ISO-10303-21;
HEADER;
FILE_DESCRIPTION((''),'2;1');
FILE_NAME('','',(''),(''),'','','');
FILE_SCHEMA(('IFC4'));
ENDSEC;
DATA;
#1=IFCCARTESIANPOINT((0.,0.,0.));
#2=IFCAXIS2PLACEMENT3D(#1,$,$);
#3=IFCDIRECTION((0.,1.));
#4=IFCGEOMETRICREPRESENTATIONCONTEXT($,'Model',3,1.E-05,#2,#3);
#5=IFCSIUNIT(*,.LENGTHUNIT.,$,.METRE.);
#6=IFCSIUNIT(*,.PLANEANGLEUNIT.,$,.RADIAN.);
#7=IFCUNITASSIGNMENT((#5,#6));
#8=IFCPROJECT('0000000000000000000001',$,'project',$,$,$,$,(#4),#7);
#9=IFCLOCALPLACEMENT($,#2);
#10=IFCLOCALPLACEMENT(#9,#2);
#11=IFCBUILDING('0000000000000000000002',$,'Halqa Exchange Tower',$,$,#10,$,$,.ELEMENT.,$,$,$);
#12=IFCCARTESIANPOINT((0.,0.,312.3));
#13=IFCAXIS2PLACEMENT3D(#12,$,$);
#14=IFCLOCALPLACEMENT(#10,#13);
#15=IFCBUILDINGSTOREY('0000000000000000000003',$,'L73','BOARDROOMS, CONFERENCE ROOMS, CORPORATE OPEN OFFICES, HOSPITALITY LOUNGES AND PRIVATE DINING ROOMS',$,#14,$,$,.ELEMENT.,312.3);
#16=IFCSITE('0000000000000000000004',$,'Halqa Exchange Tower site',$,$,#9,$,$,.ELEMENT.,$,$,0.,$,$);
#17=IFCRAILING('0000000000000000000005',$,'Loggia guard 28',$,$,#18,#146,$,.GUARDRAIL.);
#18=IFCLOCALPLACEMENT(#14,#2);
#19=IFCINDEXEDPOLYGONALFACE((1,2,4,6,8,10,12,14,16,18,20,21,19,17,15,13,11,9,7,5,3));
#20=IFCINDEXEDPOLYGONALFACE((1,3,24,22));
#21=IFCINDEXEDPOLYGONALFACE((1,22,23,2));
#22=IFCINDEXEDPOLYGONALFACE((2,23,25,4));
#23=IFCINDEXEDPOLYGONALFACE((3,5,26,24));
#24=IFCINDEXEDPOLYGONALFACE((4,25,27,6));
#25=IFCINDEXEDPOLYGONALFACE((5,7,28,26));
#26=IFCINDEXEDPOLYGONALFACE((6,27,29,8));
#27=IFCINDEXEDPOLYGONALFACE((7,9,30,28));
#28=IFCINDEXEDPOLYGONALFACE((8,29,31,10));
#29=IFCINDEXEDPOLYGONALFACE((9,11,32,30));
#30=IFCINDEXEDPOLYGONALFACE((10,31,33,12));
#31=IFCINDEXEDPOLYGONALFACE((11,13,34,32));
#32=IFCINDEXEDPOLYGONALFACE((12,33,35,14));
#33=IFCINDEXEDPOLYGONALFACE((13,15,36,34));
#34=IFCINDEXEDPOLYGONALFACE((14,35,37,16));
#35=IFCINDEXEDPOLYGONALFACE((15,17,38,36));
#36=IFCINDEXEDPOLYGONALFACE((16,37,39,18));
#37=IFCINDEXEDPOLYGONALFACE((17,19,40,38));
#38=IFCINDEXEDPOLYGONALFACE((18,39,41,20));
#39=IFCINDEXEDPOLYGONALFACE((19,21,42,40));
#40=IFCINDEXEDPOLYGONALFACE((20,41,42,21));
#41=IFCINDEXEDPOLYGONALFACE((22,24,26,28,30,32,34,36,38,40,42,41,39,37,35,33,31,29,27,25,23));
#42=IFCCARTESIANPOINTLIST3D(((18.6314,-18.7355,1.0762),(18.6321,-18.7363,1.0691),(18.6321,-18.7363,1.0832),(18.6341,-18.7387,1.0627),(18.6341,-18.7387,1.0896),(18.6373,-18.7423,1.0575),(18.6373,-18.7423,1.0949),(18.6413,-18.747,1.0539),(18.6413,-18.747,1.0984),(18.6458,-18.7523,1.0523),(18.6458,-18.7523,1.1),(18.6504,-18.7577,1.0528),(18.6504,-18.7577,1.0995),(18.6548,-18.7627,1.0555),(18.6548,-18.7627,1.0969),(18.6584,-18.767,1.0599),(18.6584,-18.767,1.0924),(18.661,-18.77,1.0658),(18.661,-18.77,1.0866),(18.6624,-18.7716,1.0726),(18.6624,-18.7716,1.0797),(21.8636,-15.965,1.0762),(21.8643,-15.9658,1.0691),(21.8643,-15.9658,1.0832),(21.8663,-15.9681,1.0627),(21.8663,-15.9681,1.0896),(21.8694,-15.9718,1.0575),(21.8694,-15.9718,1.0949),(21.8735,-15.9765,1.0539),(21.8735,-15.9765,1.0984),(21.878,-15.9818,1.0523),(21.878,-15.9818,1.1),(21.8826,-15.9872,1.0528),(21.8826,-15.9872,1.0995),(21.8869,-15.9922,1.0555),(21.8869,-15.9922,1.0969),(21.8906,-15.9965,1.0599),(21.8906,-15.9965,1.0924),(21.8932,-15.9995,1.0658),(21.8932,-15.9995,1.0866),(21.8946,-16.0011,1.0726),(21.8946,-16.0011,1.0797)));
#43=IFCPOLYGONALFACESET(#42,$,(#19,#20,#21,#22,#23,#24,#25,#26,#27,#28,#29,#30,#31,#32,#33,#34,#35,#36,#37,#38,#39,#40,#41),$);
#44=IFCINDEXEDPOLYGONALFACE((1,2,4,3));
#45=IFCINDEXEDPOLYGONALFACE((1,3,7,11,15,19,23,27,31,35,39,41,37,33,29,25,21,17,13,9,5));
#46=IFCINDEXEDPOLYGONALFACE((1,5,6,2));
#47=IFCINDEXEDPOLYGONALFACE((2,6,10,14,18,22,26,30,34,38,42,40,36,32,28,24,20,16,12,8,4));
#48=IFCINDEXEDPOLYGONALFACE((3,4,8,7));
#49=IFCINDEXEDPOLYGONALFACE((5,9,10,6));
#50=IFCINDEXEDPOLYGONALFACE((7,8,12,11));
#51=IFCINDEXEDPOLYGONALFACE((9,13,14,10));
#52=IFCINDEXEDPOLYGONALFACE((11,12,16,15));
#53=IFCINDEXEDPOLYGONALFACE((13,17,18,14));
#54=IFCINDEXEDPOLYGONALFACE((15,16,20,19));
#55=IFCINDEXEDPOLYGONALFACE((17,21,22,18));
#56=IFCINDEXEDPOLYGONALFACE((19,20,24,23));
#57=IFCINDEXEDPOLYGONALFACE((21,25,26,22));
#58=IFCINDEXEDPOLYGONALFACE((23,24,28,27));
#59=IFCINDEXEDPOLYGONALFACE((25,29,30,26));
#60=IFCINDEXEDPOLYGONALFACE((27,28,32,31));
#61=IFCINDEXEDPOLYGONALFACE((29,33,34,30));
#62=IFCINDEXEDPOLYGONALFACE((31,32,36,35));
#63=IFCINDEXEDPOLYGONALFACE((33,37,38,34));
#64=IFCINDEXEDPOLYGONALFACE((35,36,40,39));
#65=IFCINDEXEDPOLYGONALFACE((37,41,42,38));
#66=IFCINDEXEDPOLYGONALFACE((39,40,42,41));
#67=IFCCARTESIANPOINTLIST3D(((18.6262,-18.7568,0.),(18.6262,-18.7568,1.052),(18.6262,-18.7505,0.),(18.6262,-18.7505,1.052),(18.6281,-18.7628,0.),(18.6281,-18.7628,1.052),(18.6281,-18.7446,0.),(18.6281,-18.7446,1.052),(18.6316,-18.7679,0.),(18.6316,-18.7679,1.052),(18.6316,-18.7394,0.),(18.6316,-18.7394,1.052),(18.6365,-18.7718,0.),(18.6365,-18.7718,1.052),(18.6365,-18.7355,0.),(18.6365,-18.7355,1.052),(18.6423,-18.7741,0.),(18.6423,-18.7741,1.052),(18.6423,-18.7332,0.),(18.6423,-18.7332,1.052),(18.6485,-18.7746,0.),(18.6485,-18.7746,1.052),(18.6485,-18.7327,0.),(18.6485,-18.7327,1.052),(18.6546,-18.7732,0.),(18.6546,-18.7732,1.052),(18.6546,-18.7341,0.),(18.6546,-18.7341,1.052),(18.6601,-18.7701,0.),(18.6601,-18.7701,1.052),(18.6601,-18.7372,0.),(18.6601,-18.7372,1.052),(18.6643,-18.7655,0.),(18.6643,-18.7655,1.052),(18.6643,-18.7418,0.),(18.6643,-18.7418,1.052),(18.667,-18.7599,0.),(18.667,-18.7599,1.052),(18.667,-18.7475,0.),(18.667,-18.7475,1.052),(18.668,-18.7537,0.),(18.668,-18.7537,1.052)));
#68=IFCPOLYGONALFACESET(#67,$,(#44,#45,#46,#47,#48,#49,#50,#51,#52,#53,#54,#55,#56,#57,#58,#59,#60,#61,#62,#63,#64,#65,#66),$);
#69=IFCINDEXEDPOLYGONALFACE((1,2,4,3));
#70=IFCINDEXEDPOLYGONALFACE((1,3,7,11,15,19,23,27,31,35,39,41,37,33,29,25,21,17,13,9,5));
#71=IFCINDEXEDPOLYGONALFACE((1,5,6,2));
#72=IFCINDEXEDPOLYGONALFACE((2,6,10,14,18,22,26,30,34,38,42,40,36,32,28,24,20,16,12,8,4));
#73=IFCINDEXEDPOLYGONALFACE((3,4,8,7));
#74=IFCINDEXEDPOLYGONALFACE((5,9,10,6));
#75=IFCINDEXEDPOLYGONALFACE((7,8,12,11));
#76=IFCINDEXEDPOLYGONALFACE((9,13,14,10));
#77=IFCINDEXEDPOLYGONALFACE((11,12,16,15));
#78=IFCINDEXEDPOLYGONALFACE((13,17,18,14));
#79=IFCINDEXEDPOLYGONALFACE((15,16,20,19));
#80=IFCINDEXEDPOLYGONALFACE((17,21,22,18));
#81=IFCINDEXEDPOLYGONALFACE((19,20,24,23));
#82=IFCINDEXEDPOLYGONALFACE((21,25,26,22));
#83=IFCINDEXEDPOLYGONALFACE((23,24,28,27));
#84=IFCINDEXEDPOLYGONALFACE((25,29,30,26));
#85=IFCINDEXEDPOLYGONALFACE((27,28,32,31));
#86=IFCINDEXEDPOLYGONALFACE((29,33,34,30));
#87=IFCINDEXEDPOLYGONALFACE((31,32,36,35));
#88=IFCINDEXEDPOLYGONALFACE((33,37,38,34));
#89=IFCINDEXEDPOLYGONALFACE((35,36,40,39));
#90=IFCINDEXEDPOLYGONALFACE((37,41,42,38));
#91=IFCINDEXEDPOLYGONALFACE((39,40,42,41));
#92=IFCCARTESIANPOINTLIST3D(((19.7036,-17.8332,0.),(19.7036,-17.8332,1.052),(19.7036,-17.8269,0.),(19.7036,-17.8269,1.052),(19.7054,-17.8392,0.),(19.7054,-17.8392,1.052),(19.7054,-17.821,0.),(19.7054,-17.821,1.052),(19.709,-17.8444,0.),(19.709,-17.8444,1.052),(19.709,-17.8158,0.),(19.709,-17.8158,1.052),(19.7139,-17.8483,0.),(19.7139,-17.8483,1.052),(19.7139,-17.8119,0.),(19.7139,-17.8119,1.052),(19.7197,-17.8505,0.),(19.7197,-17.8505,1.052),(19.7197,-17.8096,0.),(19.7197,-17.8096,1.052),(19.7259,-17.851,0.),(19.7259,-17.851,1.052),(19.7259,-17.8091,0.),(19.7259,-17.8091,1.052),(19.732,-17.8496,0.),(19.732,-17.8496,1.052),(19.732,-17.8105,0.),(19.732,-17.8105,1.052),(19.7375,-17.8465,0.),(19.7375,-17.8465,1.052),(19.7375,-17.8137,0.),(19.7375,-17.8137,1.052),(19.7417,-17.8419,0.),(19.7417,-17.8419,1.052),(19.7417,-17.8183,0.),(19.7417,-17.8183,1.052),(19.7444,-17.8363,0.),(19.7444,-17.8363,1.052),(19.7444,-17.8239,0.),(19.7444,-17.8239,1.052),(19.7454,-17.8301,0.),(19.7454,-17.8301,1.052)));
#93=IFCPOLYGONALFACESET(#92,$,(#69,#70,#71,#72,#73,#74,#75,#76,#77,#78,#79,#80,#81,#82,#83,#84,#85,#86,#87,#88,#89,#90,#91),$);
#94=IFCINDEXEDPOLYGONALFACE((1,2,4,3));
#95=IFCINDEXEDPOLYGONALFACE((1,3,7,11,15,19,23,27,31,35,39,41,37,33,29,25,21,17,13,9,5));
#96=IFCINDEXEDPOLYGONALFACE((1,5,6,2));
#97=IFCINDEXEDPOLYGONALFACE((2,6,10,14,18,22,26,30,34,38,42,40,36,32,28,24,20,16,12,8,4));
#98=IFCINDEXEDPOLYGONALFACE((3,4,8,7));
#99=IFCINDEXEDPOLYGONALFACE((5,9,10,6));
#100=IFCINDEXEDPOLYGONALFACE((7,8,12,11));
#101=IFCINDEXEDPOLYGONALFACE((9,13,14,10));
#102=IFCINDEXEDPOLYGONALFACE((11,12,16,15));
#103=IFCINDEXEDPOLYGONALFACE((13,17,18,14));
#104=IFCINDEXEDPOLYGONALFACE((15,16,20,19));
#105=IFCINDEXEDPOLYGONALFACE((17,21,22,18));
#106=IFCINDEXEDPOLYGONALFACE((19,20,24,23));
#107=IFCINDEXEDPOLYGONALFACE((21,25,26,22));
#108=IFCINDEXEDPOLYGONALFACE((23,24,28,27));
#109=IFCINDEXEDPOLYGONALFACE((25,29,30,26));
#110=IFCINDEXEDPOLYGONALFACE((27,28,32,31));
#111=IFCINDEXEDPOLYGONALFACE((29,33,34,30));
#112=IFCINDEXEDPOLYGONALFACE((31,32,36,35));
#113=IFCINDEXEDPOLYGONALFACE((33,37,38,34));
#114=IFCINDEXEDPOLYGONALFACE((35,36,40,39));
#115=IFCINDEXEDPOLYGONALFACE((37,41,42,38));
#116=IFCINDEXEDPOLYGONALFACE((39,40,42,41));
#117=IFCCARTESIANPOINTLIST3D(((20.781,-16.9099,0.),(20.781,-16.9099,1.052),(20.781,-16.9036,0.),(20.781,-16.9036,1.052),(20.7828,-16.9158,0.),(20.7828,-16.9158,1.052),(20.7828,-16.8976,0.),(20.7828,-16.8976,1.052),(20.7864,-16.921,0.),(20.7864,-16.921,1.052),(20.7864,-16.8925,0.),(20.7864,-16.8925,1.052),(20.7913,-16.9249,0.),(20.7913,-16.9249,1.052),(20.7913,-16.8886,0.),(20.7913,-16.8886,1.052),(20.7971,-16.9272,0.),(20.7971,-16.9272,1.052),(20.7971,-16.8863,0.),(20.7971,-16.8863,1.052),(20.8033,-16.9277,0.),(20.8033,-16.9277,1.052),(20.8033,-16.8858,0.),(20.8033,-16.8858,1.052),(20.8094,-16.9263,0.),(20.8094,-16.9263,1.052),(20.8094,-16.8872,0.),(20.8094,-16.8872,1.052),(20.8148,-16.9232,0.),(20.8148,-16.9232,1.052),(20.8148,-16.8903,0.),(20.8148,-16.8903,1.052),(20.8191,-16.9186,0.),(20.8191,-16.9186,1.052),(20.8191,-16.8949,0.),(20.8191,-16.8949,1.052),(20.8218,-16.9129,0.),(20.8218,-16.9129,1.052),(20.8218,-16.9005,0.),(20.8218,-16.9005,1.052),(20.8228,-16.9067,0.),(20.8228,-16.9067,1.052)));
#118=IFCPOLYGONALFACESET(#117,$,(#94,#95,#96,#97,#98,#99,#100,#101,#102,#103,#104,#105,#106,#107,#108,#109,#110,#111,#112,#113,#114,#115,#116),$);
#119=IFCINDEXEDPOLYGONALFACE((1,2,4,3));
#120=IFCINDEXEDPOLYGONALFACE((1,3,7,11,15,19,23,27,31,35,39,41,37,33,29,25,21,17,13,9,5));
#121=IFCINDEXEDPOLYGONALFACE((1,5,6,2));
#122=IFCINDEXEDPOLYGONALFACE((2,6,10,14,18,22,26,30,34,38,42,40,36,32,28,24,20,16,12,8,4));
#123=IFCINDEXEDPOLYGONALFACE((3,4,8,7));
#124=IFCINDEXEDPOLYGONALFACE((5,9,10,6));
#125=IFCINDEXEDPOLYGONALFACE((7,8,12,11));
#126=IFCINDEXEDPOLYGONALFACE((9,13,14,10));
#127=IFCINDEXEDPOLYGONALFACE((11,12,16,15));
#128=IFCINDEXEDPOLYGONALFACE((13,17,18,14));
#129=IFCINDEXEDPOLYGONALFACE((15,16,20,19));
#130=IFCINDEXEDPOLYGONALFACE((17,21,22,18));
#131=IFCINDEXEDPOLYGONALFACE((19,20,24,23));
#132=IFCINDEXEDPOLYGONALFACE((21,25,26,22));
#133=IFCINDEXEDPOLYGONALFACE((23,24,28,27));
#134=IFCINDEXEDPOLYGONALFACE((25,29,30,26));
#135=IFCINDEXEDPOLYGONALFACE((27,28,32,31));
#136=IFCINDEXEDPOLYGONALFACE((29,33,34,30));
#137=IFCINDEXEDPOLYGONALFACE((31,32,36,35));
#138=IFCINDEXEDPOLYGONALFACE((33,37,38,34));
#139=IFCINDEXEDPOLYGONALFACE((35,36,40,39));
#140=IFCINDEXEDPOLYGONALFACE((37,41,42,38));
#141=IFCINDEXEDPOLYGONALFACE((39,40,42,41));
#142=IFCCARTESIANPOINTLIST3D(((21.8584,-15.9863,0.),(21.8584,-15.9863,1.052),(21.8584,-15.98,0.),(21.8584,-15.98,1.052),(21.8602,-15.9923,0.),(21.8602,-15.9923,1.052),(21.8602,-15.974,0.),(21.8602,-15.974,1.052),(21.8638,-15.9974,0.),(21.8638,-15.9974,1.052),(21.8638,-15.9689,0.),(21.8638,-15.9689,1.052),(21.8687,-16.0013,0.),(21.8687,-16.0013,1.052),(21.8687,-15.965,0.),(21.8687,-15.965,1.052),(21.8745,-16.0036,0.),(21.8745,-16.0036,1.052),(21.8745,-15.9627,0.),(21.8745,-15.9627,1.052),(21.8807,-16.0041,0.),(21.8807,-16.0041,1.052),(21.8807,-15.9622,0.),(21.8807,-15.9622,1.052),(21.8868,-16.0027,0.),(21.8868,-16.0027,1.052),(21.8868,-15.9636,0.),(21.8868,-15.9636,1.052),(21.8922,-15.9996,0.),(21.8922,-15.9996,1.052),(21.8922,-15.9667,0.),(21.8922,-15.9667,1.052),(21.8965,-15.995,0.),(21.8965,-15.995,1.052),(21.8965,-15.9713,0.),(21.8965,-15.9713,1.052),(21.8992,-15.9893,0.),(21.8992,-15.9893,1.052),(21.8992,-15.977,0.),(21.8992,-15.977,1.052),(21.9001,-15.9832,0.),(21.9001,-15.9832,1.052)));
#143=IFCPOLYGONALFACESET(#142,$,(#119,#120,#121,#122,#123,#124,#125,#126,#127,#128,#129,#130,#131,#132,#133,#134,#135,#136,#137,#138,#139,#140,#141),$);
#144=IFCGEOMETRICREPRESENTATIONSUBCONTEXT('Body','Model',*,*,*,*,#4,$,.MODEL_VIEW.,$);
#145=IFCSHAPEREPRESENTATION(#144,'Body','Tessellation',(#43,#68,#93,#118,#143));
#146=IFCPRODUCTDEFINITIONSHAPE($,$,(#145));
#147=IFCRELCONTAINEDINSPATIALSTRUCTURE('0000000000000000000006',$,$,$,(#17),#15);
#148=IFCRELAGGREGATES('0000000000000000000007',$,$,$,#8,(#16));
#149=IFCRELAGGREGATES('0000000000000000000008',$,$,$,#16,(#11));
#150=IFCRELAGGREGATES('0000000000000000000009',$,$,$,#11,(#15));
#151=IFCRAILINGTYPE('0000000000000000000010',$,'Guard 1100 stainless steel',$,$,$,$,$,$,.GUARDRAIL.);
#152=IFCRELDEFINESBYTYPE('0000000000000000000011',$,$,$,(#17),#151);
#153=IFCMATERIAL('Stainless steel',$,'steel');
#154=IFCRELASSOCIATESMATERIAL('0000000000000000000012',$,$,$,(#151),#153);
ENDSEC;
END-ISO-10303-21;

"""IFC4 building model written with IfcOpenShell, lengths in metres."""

from ifc_helpers import new_model, si_unit, direction, frame, origin, origin_2d, place, context, subcontext, project, spatial, circle, extrude, material, type_object, element, save


model = new_model("IFC4")

# Units and contexts
model_context = context("Model", 3, precision=1e-05, world=origin(), true_north=direction((0.0, 1.0)))
body_context = subcontext(model_context, "Body", "Model", "MODEL_VIEW")
ifc_project = project(units=[si_unit("LENGTHUNIT", "METRE"), si_unit("PLANEANGLEUNIT", "RADIAN")], contexts=[model_context])

# Site, building, storey
site_placement = place(None, origin())
site = spatial("IfcSite", under=ifc_project, at=site_placement, Name="Halqa Exchange Tower site", CompositionType="ELEMENT", RefElevation=0.0)
building_placement = place(site_placement, origin())
building = spatial("IfcBuilding", under=site, at=building_placement, Name="Halqa Exchange Tower", CompositionType="ELEMENT")
storey_placement = place(building_placement, frame((0.0, 0.0, 312.3)))
storey = spatial("IfcBuildingStorey", under=building, at=storey_placement, Name="L73", Description="BOARDROOMS, CONFERENCE ROOMS, CORPORATE OPEN OFFICES, HOSPITALITY LOUNGES AND PRIVATE DINING ROOMS", CompositionType="ELEMENT", Elevation=312.3)

# Railing
ifc_material_1 = material(Name="Stainless steel", Category="steel")
railing_type = type_object("IfcRailingType", Name="Guard 1100 stainless steel", PredefinedType="GUARDRAIL", material=ifc_material_1)
railing_1_placement = place(storey_placement, frame((18.647, -18.7537, 0.0)))
element("IfcRailing", 1, at=railing_1_placement, inside=storey, type_object=railing_type, Name="Loggia guard 28", PredefinedType="GUARDRAIL", context=body_context, shape_type="SweptSolid", body=[
    extrude(circle(Radius=0.0239, at=origin_2d()), frame((0.0, 0.0, 1.0762), z_axis=(0.759249, 0.650801, 0.0), x_axis=(-0.650801, 0.759249, 0.0)), (0.0, 0.0, 1.0), 4.2571),
    extrude(circle(Radius=0.021, at=origin_2d()), origin(), (0.0, 0.0, 1.0), 1.052),
    extrude(circle(Radius=0.021, at=origin_2d()), frame((1.0774, 0.9236, 0.0)), (0.0, 0.0, 1.0), 1.052),
    extrude(circle(Radius=0.021, at=origin_2d()), frame((2.1548, 1.8469, 0.0)), (0.0, 0.0, 1.0), 1.052),
    extrude(circle(Radius=0.021, at=origin_2d()), frame((3.2322, 2.7705, 0.0)), (0.0, 0.0, 1.0), 1.052),
])

save(model, "model.ifc")
